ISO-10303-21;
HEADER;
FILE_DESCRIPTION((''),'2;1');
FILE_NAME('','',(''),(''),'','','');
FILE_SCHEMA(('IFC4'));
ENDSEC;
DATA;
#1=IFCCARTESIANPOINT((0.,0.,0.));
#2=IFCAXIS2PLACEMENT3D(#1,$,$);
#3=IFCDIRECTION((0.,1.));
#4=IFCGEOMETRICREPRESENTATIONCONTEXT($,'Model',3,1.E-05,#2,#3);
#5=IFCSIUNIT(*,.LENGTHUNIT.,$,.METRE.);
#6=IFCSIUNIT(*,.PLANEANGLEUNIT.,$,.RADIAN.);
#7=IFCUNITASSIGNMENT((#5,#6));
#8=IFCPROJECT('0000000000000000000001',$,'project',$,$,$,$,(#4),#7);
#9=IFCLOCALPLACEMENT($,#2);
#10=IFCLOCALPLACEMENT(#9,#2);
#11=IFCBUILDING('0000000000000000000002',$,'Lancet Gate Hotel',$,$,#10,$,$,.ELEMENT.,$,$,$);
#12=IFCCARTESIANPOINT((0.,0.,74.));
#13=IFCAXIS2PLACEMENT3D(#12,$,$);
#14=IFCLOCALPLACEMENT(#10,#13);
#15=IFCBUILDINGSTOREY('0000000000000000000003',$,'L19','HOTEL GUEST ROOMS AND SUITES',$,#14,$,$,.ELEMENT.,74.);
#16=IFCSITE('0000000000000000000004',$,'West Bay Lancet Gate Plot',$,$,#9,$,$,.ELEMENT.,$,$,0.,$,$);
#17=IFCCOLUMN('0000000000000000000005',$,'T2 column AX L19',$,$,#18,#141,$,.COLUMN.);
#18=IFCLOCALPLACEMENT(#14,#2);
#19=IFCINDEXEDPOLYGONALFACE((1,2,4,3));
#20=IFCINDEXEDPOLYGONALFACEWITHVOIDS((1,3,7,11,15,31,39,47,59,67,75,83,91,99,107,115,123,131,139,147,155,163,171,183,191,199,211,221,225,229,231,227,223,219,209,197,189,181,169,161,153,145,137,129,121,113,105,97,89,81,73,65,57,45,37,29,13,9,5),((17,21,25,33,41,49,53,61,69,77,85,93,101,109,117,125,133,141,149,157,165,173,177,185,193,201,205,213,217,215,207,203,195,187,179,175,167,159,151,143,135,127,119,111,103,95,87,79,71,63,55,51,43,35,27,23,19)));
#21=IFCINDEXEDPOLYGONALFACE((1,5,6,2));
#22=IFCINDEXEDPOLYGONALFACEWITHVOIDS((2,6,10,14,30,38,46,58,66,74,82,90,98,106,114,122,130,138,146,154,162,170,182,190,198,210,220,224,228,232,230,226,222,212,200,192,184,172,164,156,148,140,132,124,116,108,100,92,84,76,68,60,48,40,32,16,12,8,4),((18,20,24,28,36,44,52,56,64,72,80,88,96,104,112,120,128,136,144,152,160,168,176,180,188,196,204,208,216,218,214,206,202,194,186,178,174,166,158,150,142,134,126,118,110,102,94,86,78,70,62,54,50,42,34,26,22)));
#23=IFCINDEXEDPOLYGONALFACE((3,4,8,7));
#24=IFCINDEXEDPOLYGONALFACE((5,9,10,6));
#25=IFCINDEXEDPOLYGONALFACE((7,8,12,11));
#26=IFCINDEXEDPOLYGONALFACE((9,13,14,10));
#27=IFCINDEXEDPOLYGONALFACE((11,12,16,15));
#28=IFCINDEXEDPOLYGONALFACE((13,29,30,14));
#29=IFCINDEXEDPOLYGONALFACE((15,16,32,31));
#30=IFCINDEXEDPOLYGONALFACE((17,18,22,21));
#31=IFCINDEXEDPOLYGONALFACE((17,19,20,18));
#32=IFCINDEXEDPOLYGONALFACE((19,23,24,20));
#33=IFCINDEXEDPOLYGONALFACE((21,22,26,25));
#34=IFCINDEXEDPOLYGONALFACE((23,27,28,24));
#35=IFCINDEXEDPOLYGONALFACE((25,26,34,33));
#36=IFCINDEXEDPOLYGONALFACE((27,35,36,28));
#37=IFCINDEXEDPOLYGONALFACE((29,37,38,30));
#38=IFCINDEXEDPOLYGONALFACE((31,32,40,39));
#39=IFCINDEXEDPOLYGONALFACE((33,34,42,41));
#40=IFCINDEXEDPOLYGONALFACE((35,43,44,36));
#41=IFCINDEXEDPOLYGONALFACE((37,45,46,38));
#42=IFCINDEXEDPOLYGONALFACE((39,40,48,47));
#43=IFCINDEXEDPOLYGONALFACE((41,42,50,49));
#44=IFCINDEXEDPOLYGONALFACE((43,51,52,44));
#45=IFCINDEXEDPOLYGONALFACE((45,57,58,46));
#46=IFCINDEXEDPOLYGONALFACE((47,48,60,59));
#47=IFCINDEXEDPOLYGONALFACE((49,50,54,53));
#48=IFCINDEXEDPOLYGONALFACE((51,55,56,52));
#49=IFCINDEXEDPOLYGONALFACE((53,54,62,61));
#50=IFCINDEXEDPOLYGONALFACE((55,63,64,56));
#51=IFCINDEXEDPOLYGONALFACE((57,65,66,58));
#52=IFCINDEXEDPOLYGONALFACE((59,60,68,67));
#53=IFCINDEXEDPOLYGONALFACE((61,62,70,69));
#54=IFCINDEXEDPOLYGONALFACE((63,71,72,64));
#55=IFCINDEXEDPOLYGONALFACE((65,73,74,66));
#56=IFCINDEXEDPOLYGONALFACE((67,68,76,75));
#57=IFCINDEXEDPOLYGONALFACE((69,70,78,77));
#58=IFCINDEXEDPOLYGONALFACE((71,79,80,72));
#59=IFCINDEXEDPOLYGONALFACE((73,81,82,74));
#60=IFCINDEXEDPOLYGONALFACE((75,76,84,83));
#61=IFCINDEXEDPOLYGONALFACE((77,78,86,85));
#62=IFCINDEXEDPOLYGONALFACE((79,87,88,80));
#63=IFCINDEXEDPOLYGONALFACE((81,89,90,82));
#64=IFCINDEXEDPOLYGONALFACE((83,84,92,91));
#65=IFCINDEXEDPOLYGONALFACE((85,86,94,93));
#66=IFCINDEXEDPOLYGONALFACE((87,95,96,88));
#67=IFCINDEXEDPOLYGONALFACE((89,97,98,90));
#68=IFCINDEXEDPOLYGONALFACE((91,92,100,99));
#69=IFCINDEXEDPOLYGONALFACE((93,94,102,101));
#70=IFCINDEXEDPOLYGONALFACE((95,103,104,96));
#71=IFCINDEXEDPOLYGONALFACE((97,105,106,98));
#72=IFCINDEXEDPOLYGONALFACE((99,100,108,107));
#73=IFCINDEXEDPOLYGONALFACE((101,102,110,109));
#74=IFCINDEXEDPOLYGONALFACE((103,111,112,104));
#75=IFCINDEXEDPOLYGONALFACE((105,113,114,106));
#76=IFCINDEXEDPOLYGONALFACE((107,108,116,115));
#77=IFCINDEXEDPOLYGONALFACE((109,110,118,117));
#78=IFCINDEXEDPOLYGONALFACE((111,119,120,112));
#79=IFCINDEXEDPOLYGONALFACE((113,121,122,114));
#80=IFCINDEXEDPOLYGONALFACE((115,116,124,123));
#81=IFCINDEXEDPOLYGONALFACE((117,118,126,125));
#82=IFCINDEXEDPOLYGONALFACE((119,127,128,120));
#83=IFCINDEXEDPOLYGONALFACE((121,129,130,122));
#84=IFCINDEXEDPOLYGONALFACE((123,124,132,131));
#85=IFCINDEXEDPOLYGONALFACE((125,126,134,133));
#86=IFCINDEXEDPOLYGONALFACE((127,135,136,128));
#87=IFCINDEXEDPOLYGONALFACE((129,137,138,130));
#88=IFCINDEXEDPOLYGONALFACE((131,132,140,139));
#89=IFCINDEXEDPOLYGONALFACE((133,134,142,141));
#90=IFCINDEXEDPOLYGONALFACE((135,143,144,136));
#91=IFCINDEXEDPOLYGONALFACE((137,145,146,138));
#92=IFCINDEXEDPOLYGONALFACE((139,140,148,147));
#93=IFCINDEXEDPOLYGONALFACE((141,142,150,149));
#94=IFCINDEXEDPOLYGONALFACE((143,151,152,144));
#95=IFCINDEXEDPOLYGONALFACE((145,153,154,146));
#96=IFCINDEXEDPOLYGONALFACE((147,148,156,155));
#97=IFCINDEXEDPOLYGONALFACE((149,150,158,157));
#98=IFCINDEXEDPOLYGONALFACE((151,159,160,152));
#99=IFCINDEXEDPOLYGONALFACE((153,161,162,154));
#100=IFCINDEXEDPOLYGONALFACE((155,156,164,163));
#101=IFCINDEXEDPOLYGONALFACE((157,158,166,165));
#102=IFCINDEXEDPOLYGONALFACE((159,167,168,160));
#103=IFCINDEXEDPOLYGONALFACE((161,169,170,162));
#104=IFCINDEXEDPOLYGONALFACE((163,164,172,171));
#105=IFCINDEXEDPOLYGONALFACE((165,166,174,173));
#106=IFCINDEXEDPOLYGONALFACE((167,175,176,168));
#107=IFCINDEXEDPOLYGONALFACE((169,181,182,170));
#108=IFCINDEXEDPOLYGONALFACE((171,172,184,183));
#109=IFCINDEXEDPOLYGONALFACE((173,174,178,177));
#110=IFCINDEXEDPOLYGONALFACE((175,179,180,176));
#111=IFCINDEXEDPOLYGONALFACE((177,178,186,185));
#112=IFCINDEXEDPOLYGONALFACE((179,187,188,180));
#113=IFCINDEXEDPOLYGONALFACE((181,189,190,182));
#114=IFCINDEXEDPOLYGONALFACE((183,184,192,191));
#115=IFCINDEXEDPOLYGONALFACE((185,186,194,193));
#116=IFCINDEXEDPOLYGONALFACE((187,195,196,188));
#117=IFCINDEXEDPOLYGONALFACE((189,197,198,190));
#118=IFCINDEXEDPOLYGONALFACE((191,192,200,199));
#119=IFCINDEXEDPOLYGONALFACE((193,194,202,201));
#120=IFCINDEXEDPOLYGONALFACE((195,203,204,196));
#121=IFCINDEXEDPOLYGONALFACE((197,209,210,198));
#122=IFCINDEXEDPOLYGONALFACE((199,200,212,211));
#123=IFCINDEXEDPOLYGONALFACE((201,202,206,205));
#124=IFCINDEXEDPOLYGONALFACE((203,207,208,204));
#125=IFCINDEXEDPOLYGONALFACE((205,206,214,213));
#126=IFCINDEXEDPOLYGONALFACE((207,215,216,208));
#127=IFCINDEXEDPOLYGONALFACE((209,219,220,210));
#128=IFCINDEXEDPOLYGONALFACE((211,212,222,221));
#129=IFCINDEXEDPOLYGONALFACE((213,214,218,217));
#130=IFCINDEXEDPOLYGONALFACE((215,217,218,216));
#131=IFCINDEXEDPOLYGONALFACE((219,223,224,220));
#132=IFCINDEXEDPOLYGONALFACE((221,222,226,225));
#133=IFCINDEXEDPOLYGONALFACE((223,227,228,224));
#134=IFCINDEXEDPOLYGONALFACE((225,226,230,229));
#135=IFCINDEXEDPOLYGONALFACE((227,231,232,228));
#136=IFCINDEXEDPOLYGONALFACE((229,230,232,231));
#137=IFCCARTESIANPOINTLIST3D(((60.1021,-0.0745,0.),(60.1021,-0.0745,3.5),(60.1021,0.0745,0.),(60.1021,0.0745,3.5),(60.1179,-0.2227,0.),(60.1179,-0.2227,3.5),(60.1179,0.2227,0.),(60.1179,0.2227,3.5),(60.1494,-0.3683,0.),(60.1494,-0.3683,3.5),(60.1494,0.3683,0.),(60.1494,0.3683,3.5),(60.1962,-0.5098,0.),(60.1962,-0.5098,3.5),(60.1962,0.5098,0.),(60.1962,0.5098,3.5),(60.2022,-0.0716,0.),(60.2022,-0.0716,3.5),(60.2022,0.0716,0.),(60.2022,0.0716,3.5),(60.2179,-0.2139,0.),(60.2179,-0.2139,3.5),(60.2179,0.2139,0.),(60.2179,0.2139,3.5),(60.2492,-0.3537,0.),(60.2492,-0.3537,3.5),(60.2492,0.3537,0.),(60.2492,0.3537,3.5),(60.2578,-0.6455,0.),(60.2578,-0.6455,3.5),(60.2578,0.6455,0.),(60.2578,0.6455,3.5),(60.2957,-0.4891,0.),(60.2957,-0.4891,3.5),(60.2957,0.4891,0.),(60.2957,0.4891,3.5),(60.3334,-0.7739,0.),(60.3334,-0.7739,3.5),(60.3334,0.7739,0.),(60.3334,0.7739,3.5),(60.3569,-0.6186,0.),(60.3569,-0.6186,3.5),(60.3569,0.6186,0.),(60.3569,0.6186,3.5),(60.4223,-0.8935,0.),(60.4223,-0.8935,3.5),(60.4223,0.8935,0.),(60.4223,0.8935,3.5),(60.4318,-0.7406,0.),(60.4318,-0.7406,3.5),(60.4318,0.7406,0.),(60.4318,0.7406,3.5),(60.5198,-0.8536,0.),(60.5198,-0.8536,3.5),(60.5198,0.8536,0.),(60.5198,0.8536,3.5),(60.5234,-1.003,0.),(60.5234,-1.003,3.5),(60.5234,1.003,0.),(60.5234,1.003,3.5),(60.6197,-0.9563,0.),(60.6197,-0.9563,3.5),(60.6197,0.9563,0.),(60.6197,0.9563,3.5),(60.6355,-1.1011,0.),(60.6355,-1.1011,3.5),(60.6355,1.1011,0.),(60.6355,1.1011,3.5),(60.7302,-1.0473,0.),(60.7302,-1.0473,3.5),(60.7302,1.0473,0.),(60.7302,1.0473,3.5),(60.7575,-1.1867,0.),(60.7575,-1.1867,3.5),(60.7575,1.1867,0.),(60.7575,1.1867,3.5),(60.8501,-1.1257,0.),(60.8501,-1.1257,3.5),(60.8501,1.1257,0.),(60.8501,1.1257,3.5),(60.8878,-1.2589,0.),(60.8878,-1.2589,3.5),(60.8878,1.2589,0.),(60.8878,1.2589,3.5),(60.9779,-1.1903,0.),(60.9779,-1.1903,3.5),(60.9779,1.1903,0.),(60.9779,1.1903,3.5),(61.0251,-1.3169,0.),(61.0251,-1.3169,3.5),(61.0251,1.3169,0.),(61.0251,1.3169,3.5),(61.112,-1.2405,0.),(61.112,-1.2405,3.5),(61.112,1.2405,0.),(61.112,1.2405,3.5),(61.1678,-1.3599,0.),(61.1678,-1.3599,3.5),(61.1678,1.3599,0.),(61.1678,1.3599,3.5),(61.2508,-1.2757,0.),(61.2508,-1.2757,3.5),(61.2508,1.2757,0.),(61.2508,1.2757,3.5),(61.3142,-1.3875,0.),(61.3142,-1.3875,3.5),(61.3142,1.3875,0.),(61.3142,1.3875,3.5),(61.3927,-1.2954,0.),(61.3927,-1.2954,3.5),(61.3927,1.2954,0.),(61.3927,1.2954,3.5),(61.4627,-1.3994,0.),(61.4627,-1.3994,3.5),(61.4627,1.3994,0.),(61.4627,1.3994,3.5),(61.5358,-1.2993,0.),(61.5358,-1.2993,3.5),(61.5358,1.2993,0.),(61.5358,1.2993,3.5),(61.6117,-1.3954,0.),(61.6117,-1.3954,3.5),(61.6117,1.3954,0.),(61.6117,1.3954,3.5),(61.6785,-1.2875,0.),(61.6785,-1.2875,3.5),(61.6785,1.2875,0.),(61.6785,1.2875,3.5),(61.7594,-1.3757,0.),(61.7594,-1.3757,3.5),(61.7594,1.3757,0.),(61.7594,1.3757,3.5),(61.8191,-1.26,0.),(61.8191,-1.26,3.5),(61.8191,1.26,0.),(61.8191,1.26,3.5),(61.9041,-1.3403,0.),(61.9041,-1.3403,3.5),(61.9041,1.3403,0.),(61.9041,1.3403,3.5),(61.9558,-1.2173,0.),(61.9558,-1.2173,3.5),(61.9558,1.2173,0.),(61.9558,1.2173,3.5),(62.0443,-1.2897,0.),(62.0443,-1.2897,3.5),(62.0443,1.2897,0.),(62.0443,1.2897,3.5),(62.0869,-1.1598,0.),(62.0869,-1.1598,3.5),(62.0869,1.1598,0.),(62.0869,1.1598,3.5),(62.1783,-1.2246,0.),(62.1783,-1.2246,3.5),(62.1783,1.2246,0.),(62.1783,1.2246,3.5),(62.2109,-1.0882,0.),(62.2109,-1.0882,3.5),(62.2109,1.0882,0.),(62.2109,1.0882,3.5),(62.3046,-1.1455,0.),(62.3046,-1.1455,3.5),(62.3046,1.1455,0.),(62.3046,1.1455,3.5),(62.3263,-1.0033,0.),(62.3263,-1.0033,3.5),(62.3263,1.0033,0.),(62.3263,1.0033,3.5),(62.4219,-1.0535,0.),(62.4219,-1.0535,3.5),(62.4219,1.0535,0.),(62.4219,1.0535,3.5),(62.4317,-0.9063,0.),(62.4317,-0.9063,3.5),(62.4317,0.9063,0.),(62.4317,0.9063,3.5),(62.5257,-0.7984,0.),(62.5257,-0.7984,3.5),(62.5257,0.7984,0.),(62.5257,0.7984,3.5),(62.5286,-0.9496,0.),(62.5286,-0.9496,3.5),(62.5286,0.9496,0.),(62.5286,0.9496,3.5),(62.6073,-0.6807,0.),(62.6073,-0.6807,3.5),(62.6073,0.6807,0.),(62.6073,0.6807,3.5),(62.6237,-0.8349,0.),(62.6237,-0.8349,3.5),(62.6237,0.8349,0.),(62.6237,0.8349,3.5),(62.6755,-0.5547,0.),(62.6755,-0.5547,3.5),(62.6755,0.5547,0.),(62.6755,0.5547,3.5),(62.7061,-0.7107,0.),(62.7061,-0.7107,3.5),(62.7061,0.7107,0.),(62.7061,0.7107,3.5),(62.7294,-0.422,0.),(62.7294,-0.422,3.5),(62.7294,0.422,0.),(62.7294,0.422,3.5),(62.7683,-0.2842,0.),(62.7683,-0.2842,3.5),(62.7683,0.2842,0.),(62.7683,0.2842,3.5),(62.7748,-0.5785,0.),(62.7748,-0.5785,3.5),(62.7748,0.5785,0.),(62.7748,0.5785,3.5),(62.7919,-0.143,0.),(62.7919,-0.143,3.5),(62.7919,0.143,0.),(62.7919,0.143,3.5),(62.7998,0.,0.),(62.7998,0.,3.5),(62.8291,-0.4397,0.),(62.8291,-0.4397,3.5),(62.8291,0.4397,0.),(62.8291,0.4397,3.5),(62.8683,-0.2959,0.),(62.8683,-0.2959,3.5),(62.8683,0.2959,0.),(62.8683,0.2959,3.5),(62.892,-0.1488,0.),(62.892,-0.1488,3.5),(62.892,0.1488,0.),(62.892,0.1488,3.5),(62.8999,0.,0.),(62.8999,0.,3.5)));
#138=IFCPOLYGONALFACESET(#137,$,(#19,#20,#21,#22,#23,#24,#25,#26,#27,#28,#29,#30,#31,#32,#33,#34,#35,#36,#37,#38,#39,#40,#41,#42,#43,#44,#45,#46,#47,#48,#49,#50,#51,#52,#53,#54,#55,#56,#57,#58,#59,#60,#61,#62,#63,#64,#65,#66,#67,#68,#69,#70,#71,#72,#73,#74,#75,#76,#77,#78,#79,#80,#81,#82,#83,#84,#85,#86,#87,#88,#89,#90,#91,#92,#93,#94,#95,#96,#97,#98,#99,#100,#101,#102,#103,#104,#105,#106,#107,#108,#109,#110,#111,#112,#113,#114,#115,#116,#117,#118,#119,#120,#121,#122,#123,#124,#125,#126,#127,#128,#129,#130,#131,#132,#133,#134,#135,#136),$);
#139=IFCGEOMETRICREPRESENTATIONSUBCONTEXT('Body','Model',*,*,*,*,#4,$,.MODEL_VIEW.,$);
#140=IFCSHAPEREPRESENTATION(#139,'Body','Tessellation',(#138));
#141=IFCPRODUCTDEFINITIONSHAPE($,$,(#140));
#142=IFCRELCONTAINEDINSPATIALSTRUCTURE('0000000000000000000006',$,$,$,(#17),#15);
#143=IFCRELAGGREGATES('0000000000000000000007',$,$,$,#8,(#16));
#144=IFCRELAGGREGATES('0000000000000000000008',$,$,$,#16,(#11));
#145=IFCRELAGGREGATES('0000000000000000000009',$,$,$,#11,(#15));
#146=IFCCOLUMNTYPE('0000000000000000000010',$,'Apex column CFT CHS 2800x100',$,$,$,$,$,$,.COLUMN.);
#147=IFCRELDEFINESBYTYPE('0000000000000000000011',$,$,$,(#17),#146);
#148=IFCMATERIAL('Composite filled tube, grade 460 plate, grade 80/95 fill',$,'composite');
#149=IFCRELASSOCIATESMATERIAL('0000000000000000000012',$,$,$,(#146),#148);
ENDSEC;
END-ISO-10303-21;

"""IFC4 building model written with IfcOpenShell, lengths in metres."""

from ifc_helpers import new_model, si_unit, direction, frame, origin, origin_2d, place, context, subcontext, project, spatial, hollow_circle, extrude, material, material_profile, profile_set, type_object, element, save


model = new_model("IFC4")

# Units and contexts
model_context = context("Model", 3, precision=1e-05, world=origin(), true_north=direction((0.0, 1.0)))
body_context = subcontext(model_context, "Body", "Model", "MODEL_VIEW")
ifc_project = project(units=[si_unit("LENGTHUNIT", "METRE"), si_unit("PLANEANGLEUNIT", "RADIAN")], contexts=[model_context])

# Site, building, storey
site_placement = place(None, origin())
site = spatial("IfcSite", under=ifc_project, at=site_placement, Name="West Bay Lancet Gate Plot", CompositionType="ELEMENT", RefElevation=0.0)
building_placement = place(site_placement, origin())
building = spatial("IfcBuilding", under=site, at=building_placement, Name="Lancet Gate Hotel", CompositionType="ELEMENT")
storey_placement = place(building_placement, frame((0.0, 0.0, 74.0)))
storey = spatial("IfcBuildingStorey", under=building, at=storey_placement, Name="L19", Description="HOTEL GUEST ROOMS AND SUITES", CompositionType="ELEMENT", Elevation=74.0)

# Column
ifc_material_1 = material(Name="Composite filled tube, grade 460 plate, grade 80/95 fill", Category="composite")
ifc_material_profile_1 = material_profile(ifc_material_1, hollow_circle(Radius=1.3999, WallThickness=0.1001, at=origin_2d()), Name="CHS 2800x100")
ifc_profile_set_1 = profile_set([ifc_material_profile_1], Name="Composite filled tube, grade 460 plate, grade 80/95 fill")
column_type_1 = type_object("IfcColumnType", Name="Apex column CFT CHS 2800x100", PredefinedType="COLUMN", material=ifc_profile_set_1)
column_1_placement = place(storey_placement, frame((61.5, 0.0, 0.0), z_axis=(0.0, 0.0, 1.0), x_axis=(1.0, 0.0, 0.0)))
element("IfcColumn", 1, at=column_1_placement, inside=storey, type_object=column_type_1, Name="T2 column AX L19", PredefinedType="COLUMN", context=body_context, shape_type="SweptSolid", body=[
    extrude(hollow_circle(Radius=1.3999, WallThickness=0.1001, at=origin_2d()), origin(), (0.0, 0.0, 1.0), 3.5),
])

save(model, "model.ifc")
